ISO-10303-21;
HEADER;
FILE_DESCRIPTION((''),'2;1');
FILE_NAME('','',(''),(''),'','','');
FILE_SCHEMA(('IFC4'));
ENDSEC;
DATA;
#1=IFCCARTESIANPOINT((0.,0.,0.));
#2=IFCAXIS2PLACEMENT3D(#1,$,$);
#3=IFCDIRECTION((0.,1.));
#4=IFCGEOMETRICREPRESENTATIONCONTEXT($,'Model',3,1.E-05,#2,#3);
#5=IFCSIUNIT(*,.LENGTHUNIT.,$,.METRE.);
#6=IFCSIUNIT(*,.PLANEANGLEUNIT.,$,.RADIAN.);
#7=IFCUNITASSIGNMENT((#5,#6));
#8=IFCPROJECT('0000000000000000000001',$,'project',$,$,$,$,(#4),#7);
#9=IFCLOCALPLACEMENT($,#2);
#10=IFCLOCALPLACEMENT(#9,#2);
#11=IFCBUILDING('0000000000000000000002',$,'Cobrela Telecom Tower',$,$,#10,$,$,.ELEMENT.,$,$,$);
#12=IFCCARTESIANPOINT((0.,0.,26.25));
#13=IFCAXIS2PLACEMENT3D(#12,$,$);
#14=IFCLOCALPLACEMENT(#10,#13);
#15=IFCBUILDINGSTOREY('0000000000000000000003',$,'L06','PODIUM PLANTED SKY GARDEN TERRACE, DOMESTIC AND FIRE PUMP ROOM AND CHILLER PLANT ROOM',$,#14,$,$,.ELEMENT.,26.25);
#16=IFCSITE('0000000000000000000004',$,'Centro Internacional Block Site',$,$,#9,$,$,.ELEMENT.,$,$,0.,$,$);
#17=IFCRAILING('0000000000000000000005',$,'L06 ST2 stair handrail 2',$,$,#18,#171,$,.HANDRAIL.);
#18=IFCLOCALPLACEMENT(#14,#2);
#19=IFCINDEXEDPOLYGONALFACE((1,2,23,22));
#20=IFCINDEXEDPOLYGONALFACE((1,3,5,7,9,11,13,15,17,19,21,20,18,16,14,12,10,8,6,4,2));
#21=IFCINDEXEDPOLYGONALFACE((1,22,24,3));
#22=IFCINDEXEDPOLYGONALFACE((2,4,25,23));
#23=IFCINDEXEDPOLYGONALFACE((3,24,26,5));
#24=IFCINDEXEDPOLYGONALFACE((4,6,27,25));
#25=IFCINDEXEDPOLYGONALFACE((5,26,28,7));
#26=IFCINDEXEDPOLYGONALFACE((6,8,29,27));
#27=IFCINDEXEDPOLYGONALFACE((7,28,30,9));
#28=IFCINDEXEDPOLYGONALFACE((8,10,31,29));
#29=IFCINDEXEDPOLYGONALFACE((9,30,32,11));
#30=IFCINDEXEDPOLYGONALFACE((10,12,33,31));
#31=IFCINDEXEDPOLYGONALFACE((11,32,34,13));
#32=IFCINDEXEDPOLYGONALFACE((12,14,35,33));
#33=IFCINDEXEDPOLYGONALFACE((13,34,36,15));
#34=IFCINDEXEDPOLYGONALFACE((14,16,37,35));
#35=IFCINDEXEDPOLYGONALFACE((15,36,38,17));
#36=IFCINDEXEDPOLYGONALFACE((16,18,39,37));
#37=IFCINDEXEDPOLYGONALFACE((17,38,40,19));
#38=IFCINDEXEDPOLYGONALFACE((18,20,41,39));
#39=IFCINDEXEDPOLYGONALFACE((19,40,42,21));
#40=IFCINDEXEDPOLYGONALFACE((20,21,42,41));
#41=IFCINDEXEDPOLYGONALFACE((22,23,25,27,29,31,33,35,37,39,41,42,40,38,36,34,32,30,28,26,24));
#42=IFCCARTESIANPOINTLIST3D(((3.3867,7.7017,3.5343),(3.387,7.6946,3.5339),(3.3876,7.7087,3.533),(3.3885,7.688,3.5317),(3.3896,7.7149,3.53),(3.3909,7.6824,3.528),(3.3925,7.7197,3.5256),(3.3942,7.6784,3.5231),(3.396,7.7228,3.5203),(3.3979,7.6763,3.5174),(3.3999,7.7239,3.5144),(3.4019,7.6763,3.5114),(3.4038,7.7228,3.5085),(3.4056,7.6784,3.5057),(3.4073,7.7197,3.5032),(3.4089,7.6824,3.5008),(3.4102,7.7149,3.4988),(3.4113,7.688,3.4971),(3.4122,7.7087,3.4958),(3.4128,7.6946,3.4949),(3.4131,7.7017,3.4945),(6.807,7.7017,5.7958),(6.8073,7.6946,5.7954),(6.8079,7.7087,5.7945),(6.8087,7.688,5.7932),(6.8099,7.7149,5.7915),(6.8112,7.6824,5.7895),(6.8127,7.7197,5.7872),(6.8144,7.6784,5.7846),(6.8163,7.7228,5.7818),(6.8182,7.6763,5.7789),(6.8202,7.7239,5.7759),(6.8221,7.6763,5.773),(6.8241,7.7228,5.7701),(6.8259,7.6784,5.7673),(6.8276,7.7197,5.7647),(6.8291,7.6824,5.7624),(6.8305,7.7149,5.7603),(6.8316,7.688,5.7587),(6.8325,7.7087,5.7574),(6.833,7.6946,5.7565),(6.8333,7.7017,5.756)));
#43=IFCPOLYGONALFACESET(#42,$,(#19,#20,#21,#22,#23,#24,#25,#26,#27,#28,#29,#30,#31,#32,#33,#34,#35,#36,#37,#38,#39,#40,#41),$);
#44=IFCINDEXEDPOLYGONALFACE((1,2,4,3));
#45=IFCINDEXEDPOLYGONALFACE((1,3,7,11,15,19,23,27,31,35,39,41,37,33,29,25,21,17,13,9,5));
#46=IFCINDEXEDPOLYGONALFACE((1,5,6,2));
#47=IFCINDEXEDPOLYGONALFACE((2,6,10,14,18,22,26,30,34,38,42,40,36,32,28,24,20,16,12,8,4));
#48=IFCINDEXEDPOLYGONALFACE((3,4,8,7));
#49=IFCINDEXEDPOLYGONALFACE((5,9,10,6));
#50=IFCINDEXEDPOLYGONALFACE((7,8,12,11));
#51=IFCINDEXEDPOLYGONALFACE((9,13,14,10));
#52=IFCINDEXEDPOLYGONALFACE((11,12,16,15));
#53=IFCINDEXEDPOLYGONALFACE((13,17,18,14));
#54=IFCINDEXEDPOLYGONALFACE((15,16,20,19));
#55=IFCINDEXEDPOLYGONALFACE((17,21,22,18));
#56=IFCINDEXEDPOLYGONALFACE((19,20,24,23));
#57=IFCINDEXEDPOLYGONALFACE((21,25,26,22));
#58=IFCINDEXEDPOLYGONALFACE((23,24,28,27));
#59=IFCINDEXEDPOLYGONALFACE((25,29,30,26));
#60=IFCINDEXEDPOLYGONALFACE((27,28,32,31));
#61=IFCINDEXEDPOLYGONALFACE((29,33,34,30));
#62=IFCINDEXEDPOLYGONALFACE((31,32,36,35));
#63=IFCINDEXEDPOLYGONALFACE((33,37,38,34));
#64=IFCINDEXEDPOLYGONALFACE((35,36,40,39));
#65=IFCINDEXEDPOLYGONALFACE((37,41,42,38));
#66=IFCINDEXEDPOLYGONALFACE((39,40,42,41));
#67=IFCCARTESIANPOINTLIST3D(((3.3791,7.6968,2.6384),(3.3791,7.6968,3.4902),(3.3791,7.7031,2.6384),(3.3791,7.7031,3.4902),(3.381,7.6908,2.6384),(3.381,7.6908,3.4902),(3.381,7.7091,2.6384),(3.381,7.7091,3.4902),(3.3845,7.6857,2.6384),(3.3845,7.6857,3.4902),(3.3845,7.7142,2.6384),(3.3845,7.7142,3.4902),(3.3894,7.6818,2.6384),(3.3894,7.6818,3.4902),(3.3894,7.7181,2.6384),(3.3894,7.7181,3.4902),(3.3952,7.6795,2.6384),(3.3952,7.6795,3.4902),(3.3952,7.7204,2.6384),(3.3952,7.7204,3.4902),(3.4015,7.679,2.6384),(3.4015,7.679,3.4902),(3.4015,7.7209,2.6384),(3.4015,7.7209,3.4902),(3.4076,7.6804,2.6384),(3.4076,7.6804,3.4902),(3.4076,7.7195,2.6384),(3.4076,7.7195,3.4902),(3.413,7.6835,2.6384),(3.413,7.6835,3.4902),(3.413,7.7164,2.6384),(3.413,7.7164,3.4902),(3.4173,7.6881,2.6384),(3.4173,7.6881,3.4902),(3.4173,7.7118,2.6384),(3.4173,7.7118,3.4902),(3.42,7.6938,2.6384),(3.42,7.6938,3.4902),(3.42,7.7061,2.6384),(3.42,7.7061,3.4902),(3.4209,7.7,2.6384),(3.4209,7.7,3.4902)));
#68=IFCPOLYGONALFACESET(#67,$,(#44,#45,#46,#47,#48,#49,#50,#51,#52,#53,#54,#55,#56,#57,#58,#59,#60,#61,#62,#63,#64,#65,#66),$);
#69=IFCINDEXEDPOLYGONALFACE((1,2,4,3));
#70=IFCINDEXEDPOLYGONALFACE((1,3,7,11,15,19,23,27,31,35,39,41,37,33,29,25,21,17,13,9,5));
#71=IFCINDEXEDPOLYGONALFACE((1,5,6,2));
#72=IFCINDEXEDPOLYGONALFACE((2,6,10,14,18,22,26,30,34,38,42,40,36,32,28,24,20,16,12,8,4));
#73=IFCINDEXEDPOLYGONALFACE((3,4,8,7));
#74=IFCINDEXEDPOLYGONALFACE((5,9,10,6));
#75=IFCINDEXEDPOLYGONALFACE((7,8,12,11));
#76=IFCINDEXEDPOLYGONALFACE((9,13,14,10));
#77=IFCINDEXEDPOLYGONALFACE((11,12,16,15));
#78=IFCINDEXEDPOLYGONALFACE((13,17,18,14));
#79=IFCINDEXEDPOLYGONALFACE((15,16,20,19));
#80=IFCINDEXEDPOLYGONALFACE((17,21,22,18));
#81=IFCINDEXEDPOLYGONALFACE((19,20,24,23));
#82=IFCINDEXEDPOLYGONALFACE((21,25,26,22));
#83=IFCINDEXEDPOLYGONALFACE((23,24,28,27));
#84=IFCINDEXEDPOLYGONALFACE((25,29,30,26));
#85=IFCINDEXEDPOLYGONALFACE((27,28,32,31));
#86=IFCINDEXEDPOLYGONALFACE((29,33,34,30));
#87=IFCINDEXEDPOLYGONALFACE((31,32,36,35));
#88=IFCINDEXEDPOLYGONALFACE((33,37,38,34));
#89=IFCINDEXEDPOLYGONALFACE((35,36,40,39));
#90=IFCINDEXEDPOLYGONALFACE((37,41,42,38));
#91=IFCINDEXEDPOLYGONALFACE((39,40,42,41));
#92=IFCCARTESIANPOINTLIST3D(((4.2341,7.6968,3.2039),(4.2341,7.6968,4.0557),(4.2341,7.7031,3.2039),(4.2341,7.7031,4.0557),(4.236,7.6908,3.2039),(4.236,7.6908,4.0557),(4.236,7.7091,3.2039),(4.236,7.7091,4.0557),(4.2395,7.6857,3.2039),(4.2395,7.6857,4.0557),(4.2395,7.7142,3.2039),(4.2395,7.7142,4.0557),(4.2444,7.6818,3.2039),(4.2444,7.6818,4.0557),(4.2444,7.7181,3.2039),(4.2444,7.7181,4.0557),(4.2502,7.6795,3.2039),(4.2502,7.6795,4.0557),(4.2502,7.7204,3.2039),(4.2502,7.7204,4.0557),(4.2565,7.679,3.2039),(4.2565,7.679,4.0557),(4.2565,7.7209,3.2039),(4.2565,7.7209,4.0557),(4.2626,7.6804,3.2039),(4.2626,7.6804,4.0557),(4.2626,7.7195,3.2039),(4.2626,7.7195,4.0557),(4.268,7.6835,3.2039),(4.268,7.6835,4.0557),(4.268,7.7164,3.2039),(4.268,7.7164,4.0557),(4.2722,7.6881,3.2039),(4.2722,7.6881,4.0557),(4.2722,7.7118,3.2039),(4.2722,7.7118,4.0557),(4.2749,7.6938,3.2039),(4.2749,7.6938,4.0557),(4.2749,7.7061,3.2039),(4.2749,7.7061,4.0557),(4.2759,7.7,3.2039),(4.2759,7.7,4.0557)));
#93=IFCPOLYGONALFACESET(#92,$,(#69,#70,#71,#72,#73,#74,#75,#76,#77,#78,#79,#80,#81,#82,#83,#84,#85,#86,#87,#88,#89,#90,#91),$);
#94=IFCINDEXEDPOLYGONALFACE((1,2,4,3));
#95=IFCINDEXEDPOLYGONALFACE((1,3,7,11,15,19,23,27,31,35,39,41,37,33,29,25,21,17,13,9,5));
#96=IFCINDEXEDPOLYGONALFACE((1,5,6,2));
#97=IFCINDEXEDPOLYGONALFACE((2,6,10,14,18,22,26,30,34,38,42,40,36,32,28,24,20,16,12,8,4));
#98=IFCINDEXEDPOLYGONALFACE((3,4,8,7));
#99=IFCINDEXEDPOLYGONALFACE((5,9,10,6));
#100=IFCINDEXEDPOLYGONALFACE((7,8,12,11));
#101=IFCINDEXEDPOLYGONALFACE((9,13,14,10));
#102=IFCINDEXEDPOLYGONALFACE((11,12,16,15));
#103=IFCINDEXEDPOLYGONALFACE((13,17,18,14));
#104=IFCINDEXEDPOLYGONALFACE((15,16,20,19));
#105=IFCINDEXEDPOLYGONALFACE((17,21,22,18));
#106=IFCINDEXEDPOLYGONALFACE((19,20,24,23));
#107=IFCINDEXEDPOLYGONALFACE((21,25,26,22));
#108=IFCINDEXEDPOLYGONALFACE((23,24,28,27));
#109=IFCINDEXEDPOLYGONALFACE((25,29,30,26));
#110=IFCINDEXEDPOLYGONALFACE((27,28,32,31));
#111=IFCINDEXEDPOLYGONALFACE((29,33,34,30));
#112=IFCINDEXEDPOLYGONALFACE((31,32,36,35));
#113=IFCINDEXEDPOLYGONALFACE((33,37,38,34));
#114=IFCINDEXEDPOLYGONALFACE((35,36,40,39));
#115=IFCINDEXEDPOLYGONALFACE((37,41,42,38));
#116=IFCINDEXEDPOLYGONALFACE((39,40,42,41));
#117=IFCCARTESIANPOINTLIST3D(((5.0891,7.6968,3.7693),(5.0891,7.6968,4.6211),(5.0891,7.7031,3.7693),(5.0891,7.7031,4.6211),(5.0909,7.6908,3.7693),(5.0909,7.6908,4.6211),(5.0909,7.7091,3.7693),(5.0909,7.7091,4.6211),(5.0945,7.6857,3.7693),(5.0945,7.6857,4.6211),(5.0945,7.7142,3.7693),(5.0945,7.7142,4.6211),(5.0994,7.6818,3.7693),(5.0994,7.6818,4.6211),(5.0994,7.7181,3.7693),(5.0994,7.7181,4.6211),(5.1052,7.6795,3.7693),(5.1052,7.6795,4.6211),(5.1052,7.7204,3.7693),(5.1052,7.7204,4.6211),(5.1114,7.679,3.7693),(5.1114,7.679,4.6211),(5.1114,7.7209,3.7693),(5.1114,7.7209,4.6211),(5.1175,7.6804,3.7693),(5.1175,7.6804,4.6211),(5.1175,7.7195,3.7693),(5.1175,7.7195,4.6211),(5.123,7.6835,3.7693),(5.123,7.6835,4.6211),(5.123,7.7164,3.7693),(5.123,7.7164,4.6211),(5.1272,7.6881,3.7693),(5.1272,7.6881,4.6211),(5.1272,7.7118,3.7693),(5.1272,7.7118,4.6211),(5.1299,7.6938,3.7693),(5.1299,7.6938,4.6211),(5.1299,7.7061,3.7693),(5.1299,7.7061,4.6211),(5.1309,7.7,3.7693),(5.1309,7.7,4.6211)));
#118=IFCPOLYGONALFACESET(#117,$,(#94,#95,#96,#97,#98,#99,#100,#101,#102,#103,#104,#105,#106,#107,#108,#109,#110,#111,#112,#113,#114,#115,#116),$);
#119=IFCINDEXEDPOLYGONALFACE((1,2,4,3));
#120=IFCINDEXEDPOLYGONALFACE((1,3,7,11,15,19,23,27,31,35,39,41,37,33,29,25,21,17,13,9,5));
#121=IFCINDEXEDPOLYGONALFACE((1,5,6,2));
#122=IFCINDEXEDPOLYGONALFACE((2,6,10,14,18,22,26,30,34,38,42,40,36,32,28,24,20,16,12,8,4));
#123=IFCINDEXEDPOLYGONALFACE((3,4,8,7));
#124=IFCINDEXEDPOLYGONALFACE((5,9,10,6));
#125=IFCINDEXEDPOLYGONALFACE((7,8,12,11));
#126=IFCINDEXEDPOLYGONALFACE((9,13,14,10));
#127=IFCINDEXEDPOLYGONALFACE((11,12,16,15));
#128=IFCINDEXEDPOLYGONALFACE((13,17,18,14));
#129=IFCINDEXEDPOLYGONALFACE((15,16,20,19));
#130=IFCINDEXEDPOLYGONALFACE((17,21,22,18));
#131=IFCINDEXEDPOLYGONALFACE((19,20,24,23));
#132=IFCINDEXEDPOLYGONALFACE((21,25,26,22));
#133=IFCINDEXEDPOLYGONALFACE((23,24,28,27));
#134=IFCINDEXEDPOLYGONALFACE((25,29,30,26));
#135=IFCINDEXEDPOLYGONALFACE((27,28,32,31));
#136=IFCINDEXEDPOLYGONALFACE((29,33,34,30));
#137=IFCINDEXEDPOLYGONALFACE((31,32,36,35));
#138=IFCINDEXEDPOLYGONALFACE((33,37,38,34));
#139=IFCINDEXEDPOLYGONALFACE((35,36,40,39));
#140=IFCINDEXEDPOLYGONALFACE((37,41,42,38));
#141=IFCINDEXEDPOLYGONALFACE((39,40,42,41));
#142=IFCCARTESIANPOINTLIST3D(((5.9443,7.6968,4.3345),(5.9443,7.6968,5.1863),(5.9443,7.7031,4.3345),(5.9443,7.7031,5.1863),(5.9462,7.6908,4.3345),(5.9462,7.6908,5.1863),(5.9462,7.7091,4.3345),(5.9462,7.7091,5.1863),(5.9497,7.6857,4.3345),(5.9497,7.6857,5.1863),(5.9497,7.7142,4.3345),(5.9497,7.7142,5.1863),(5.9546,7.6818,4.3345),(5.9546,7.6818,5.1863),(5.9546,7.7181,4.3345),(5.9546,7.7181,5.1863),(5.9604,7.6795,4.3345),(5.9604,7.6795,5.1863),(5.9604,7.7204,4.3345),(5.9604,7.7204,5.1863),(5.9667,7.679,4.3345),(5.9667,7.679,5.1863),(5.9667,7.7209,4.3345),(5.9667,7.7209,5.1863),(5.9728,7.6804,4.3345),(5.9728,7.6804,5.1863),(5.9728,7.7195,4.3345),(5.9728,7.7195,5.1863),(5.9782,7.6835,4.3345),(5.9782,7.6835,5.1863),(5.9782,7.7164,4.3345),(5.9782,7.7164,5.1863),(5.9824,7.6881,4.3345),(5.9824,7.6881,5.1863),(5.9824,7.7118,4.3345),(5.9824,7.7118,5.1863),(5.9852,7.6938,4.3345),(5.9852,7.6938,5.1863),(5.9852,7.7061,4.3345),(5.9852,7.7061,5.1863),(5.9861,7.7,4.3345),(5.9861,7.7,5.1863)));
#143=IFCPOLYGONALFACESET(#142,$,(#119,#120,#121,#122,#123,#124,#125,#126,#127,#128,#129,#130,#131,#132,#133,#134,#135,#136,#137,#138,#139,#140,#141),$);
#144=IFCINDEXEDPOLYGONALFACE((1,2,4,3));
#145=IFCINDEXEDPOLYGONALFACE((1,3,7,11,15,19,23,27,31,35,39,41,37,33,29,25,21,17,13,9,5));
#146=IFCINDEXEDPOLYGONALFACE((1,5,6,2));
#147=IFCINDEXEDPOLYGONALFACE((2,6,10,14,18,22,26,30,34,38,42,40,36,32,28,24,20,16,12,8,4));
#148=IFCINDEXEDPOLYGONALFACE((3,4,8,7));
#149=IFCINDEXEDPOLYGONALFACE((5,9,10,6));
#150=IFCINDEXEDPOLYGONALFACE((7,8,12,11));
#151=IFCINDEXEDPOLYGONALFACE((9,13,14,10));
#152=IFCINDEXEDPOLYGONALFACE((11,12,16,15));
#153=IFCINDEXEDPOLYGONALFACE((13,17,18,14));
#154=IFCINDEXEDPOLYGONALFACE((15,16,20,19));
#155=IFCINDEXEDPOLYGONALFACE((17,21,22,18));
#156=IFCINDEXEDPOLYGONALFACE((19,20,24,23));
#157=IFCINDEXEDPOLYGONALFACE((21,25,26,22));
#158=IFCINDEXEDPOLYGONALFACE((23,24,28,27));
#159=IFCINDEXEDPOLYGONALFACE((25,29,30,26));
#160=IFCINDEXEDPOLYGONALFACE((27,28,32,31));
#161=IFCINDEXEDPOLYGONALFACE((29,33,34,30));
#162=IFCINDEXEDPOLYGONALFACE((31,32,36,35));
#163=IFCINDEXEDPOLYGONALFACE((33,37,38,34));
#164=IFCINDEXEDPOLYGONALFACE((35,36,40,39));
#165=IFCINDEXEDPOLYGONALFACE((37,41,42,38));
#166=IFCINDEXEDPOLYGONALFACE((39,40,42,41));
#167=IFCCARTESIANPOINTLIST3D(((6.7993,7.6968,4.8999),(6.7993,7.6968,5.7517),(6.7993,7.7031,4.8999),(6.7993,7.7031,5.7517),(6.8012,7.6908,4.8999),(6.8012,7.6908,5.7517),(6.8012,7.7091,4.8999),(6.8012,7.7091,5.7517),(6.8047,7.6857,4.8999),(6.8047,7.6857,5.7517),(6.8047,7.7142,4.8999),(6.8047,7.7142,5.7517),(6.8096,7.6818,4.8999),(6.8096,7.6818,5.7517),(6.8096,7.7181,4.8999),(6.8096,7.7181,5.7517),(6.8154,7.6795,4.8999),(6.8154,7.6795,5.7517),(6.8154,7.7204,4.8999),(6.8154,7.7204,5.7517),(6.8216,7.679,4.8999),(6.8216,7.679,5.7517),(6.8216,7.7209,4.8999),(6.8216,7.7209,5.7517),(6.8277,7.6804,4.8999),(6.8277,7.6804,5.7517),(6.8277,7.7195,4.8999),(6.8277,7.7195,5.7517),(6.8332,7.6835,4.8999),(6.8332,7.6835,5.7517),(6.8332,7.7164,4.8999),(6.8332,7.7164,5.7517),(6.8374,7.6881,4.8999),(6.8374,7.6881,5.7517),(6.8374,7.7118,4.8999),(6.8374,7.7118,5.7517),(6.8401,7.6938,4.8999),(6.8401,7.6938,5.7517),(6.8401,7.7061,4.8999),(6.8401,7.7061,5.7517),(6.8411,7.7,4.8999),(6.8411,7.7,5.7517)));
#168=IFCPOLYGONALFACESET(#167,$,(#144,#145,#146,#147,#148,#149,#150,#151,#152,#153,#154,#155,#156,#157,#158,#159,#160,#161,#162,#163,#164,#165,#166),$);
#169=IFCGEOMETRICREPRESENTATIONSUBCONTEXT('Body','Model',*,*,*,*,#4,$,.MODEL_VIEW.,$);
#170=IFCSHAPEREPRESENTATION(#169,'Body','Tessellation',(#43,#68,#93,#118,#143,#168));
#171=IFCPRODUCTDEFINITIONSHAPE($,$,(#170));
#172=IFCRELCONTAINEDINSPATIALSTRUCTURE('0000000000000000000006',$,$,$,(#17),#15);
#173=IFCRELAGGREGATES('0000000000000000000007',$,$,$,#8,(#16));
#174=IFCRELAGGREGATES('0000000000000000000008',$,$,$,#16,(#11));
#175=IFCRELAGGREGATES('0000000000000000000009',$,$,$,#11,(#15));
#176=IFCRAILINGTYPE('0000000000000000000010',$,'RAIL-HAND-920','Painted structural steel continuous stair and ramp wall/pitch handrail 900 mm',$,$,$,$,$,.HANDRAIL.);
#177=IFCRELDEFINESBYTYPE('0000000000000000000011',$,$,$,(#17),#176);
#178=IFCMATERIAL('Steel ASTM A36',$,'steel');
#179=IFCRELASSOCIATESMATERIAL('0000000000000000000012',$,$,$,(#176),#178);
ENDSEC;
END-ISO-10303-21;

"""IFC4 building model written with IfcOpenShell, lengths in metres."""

from ifc_helpers import new_model, si_unit, direction, frame, origin, origin_2d, place, context, subcontext, project, spatial, circle, extrude, material, type_object, element, save


model = new_model("IFC4")

# Units and contexts
model_context = context("Model", 3, precision=1e-05, world=origin(), true_north=direction((0.0, 1.0)))
body_context = subcontext(model_context, "Body", "Model", "MODEL_VIEW")
ifc_project = project(units=[si_unit("LENGTHUNIT", "METRE"), si_unit("PLANEANGLEUNIT", "RADIAN")], contexts=[model_context])

# Site, building, storey
site_placement = place(None, origin())
site = spatial("IfcSite", under=ifc_project, at=site_placement, Name="Centro Internacional Block Site", CompositionType="ELEMENT", RefElevation=0.0)
building_placement = place(site_placement, origin())
building = spatial("IfcBuilding", under=site, at=building_placement, Name="Cobrela Telecom Tower", CompositionType="ELEMENT")
storey_placement = place(building_placement, frame((0.0, 0.0, 26.25)))
storey = spatial("IfcBuildingStorey", under=building, at=storey_placement, Name="L06", Description="PODIUM PLANTED SKY GARDEN TERRACE, DOMESTIC AND FIRE PUMP ROOM AND CHILLER PLANT ROOM", CompositionType="ELEMENT", Elevation=26.25)

# Shared definitions
ifc_material_1 = material(Name="Steel ASTM A36", Category="steel")

# Railing
railing_type_1 = type_object("IfcRailingType", Name="RAIL-HAND-920", Description="Painted structural steel continuous stair and ramp wall/pitch handrail 900 mm", PredefinedType="HANDRAIL", material=ifc_material_1)
railing_1_placement = place(storey_placement, frame((3.3999, 7.7, 2.6384)))
element("IfcRailing", 1, at=railing_1_placement, inside=storey, type_object=railing_type_1, Name="L06 ST2 stair handrail 2", PredefinedType="HANDRAIL", context=body_context, shape_type="SweptSolid", body=[
    extrude(circle(Radius=0.0239, at=origin_2d()), frame((0.0, 0.0, 0.876), z_axis=(0.834142, 0.0, 0.55155), x_axis=(0.0, 1.0, 0.0)), (0.0, 0.0, 1.0), 4.1003),
    extrude(circle(Radius=0.021, at=origin_2d()), origin(), (0.0, 0.0, 1.0), 0.8518),
    extrude(circle(Radius=0.021, at=origin_2d()), frame((0.855, 0.0, 0.5654)), (0.0, 0.0, 1.0), 0.8518),
    extrude(circle(Radius=0.021, at=origin_2d()), frame((1.71, 0.0, 1.1309)), (0.0, 0.0, 1.0), 0.8518),
    extrude(circle(Radius=0.021, at=origin_2d()), frame((2.5652, 0.0, 1.696)), (0.0, 0.0, 1.0), 0.8518),
    extrude(circle(Radius=0.021, at=origin_2d()), frame((3.4202, 0.0, 2.2615)), (0.0, 0.0, 1.0), 0.8518),
])

save(model, "model.ifc")
